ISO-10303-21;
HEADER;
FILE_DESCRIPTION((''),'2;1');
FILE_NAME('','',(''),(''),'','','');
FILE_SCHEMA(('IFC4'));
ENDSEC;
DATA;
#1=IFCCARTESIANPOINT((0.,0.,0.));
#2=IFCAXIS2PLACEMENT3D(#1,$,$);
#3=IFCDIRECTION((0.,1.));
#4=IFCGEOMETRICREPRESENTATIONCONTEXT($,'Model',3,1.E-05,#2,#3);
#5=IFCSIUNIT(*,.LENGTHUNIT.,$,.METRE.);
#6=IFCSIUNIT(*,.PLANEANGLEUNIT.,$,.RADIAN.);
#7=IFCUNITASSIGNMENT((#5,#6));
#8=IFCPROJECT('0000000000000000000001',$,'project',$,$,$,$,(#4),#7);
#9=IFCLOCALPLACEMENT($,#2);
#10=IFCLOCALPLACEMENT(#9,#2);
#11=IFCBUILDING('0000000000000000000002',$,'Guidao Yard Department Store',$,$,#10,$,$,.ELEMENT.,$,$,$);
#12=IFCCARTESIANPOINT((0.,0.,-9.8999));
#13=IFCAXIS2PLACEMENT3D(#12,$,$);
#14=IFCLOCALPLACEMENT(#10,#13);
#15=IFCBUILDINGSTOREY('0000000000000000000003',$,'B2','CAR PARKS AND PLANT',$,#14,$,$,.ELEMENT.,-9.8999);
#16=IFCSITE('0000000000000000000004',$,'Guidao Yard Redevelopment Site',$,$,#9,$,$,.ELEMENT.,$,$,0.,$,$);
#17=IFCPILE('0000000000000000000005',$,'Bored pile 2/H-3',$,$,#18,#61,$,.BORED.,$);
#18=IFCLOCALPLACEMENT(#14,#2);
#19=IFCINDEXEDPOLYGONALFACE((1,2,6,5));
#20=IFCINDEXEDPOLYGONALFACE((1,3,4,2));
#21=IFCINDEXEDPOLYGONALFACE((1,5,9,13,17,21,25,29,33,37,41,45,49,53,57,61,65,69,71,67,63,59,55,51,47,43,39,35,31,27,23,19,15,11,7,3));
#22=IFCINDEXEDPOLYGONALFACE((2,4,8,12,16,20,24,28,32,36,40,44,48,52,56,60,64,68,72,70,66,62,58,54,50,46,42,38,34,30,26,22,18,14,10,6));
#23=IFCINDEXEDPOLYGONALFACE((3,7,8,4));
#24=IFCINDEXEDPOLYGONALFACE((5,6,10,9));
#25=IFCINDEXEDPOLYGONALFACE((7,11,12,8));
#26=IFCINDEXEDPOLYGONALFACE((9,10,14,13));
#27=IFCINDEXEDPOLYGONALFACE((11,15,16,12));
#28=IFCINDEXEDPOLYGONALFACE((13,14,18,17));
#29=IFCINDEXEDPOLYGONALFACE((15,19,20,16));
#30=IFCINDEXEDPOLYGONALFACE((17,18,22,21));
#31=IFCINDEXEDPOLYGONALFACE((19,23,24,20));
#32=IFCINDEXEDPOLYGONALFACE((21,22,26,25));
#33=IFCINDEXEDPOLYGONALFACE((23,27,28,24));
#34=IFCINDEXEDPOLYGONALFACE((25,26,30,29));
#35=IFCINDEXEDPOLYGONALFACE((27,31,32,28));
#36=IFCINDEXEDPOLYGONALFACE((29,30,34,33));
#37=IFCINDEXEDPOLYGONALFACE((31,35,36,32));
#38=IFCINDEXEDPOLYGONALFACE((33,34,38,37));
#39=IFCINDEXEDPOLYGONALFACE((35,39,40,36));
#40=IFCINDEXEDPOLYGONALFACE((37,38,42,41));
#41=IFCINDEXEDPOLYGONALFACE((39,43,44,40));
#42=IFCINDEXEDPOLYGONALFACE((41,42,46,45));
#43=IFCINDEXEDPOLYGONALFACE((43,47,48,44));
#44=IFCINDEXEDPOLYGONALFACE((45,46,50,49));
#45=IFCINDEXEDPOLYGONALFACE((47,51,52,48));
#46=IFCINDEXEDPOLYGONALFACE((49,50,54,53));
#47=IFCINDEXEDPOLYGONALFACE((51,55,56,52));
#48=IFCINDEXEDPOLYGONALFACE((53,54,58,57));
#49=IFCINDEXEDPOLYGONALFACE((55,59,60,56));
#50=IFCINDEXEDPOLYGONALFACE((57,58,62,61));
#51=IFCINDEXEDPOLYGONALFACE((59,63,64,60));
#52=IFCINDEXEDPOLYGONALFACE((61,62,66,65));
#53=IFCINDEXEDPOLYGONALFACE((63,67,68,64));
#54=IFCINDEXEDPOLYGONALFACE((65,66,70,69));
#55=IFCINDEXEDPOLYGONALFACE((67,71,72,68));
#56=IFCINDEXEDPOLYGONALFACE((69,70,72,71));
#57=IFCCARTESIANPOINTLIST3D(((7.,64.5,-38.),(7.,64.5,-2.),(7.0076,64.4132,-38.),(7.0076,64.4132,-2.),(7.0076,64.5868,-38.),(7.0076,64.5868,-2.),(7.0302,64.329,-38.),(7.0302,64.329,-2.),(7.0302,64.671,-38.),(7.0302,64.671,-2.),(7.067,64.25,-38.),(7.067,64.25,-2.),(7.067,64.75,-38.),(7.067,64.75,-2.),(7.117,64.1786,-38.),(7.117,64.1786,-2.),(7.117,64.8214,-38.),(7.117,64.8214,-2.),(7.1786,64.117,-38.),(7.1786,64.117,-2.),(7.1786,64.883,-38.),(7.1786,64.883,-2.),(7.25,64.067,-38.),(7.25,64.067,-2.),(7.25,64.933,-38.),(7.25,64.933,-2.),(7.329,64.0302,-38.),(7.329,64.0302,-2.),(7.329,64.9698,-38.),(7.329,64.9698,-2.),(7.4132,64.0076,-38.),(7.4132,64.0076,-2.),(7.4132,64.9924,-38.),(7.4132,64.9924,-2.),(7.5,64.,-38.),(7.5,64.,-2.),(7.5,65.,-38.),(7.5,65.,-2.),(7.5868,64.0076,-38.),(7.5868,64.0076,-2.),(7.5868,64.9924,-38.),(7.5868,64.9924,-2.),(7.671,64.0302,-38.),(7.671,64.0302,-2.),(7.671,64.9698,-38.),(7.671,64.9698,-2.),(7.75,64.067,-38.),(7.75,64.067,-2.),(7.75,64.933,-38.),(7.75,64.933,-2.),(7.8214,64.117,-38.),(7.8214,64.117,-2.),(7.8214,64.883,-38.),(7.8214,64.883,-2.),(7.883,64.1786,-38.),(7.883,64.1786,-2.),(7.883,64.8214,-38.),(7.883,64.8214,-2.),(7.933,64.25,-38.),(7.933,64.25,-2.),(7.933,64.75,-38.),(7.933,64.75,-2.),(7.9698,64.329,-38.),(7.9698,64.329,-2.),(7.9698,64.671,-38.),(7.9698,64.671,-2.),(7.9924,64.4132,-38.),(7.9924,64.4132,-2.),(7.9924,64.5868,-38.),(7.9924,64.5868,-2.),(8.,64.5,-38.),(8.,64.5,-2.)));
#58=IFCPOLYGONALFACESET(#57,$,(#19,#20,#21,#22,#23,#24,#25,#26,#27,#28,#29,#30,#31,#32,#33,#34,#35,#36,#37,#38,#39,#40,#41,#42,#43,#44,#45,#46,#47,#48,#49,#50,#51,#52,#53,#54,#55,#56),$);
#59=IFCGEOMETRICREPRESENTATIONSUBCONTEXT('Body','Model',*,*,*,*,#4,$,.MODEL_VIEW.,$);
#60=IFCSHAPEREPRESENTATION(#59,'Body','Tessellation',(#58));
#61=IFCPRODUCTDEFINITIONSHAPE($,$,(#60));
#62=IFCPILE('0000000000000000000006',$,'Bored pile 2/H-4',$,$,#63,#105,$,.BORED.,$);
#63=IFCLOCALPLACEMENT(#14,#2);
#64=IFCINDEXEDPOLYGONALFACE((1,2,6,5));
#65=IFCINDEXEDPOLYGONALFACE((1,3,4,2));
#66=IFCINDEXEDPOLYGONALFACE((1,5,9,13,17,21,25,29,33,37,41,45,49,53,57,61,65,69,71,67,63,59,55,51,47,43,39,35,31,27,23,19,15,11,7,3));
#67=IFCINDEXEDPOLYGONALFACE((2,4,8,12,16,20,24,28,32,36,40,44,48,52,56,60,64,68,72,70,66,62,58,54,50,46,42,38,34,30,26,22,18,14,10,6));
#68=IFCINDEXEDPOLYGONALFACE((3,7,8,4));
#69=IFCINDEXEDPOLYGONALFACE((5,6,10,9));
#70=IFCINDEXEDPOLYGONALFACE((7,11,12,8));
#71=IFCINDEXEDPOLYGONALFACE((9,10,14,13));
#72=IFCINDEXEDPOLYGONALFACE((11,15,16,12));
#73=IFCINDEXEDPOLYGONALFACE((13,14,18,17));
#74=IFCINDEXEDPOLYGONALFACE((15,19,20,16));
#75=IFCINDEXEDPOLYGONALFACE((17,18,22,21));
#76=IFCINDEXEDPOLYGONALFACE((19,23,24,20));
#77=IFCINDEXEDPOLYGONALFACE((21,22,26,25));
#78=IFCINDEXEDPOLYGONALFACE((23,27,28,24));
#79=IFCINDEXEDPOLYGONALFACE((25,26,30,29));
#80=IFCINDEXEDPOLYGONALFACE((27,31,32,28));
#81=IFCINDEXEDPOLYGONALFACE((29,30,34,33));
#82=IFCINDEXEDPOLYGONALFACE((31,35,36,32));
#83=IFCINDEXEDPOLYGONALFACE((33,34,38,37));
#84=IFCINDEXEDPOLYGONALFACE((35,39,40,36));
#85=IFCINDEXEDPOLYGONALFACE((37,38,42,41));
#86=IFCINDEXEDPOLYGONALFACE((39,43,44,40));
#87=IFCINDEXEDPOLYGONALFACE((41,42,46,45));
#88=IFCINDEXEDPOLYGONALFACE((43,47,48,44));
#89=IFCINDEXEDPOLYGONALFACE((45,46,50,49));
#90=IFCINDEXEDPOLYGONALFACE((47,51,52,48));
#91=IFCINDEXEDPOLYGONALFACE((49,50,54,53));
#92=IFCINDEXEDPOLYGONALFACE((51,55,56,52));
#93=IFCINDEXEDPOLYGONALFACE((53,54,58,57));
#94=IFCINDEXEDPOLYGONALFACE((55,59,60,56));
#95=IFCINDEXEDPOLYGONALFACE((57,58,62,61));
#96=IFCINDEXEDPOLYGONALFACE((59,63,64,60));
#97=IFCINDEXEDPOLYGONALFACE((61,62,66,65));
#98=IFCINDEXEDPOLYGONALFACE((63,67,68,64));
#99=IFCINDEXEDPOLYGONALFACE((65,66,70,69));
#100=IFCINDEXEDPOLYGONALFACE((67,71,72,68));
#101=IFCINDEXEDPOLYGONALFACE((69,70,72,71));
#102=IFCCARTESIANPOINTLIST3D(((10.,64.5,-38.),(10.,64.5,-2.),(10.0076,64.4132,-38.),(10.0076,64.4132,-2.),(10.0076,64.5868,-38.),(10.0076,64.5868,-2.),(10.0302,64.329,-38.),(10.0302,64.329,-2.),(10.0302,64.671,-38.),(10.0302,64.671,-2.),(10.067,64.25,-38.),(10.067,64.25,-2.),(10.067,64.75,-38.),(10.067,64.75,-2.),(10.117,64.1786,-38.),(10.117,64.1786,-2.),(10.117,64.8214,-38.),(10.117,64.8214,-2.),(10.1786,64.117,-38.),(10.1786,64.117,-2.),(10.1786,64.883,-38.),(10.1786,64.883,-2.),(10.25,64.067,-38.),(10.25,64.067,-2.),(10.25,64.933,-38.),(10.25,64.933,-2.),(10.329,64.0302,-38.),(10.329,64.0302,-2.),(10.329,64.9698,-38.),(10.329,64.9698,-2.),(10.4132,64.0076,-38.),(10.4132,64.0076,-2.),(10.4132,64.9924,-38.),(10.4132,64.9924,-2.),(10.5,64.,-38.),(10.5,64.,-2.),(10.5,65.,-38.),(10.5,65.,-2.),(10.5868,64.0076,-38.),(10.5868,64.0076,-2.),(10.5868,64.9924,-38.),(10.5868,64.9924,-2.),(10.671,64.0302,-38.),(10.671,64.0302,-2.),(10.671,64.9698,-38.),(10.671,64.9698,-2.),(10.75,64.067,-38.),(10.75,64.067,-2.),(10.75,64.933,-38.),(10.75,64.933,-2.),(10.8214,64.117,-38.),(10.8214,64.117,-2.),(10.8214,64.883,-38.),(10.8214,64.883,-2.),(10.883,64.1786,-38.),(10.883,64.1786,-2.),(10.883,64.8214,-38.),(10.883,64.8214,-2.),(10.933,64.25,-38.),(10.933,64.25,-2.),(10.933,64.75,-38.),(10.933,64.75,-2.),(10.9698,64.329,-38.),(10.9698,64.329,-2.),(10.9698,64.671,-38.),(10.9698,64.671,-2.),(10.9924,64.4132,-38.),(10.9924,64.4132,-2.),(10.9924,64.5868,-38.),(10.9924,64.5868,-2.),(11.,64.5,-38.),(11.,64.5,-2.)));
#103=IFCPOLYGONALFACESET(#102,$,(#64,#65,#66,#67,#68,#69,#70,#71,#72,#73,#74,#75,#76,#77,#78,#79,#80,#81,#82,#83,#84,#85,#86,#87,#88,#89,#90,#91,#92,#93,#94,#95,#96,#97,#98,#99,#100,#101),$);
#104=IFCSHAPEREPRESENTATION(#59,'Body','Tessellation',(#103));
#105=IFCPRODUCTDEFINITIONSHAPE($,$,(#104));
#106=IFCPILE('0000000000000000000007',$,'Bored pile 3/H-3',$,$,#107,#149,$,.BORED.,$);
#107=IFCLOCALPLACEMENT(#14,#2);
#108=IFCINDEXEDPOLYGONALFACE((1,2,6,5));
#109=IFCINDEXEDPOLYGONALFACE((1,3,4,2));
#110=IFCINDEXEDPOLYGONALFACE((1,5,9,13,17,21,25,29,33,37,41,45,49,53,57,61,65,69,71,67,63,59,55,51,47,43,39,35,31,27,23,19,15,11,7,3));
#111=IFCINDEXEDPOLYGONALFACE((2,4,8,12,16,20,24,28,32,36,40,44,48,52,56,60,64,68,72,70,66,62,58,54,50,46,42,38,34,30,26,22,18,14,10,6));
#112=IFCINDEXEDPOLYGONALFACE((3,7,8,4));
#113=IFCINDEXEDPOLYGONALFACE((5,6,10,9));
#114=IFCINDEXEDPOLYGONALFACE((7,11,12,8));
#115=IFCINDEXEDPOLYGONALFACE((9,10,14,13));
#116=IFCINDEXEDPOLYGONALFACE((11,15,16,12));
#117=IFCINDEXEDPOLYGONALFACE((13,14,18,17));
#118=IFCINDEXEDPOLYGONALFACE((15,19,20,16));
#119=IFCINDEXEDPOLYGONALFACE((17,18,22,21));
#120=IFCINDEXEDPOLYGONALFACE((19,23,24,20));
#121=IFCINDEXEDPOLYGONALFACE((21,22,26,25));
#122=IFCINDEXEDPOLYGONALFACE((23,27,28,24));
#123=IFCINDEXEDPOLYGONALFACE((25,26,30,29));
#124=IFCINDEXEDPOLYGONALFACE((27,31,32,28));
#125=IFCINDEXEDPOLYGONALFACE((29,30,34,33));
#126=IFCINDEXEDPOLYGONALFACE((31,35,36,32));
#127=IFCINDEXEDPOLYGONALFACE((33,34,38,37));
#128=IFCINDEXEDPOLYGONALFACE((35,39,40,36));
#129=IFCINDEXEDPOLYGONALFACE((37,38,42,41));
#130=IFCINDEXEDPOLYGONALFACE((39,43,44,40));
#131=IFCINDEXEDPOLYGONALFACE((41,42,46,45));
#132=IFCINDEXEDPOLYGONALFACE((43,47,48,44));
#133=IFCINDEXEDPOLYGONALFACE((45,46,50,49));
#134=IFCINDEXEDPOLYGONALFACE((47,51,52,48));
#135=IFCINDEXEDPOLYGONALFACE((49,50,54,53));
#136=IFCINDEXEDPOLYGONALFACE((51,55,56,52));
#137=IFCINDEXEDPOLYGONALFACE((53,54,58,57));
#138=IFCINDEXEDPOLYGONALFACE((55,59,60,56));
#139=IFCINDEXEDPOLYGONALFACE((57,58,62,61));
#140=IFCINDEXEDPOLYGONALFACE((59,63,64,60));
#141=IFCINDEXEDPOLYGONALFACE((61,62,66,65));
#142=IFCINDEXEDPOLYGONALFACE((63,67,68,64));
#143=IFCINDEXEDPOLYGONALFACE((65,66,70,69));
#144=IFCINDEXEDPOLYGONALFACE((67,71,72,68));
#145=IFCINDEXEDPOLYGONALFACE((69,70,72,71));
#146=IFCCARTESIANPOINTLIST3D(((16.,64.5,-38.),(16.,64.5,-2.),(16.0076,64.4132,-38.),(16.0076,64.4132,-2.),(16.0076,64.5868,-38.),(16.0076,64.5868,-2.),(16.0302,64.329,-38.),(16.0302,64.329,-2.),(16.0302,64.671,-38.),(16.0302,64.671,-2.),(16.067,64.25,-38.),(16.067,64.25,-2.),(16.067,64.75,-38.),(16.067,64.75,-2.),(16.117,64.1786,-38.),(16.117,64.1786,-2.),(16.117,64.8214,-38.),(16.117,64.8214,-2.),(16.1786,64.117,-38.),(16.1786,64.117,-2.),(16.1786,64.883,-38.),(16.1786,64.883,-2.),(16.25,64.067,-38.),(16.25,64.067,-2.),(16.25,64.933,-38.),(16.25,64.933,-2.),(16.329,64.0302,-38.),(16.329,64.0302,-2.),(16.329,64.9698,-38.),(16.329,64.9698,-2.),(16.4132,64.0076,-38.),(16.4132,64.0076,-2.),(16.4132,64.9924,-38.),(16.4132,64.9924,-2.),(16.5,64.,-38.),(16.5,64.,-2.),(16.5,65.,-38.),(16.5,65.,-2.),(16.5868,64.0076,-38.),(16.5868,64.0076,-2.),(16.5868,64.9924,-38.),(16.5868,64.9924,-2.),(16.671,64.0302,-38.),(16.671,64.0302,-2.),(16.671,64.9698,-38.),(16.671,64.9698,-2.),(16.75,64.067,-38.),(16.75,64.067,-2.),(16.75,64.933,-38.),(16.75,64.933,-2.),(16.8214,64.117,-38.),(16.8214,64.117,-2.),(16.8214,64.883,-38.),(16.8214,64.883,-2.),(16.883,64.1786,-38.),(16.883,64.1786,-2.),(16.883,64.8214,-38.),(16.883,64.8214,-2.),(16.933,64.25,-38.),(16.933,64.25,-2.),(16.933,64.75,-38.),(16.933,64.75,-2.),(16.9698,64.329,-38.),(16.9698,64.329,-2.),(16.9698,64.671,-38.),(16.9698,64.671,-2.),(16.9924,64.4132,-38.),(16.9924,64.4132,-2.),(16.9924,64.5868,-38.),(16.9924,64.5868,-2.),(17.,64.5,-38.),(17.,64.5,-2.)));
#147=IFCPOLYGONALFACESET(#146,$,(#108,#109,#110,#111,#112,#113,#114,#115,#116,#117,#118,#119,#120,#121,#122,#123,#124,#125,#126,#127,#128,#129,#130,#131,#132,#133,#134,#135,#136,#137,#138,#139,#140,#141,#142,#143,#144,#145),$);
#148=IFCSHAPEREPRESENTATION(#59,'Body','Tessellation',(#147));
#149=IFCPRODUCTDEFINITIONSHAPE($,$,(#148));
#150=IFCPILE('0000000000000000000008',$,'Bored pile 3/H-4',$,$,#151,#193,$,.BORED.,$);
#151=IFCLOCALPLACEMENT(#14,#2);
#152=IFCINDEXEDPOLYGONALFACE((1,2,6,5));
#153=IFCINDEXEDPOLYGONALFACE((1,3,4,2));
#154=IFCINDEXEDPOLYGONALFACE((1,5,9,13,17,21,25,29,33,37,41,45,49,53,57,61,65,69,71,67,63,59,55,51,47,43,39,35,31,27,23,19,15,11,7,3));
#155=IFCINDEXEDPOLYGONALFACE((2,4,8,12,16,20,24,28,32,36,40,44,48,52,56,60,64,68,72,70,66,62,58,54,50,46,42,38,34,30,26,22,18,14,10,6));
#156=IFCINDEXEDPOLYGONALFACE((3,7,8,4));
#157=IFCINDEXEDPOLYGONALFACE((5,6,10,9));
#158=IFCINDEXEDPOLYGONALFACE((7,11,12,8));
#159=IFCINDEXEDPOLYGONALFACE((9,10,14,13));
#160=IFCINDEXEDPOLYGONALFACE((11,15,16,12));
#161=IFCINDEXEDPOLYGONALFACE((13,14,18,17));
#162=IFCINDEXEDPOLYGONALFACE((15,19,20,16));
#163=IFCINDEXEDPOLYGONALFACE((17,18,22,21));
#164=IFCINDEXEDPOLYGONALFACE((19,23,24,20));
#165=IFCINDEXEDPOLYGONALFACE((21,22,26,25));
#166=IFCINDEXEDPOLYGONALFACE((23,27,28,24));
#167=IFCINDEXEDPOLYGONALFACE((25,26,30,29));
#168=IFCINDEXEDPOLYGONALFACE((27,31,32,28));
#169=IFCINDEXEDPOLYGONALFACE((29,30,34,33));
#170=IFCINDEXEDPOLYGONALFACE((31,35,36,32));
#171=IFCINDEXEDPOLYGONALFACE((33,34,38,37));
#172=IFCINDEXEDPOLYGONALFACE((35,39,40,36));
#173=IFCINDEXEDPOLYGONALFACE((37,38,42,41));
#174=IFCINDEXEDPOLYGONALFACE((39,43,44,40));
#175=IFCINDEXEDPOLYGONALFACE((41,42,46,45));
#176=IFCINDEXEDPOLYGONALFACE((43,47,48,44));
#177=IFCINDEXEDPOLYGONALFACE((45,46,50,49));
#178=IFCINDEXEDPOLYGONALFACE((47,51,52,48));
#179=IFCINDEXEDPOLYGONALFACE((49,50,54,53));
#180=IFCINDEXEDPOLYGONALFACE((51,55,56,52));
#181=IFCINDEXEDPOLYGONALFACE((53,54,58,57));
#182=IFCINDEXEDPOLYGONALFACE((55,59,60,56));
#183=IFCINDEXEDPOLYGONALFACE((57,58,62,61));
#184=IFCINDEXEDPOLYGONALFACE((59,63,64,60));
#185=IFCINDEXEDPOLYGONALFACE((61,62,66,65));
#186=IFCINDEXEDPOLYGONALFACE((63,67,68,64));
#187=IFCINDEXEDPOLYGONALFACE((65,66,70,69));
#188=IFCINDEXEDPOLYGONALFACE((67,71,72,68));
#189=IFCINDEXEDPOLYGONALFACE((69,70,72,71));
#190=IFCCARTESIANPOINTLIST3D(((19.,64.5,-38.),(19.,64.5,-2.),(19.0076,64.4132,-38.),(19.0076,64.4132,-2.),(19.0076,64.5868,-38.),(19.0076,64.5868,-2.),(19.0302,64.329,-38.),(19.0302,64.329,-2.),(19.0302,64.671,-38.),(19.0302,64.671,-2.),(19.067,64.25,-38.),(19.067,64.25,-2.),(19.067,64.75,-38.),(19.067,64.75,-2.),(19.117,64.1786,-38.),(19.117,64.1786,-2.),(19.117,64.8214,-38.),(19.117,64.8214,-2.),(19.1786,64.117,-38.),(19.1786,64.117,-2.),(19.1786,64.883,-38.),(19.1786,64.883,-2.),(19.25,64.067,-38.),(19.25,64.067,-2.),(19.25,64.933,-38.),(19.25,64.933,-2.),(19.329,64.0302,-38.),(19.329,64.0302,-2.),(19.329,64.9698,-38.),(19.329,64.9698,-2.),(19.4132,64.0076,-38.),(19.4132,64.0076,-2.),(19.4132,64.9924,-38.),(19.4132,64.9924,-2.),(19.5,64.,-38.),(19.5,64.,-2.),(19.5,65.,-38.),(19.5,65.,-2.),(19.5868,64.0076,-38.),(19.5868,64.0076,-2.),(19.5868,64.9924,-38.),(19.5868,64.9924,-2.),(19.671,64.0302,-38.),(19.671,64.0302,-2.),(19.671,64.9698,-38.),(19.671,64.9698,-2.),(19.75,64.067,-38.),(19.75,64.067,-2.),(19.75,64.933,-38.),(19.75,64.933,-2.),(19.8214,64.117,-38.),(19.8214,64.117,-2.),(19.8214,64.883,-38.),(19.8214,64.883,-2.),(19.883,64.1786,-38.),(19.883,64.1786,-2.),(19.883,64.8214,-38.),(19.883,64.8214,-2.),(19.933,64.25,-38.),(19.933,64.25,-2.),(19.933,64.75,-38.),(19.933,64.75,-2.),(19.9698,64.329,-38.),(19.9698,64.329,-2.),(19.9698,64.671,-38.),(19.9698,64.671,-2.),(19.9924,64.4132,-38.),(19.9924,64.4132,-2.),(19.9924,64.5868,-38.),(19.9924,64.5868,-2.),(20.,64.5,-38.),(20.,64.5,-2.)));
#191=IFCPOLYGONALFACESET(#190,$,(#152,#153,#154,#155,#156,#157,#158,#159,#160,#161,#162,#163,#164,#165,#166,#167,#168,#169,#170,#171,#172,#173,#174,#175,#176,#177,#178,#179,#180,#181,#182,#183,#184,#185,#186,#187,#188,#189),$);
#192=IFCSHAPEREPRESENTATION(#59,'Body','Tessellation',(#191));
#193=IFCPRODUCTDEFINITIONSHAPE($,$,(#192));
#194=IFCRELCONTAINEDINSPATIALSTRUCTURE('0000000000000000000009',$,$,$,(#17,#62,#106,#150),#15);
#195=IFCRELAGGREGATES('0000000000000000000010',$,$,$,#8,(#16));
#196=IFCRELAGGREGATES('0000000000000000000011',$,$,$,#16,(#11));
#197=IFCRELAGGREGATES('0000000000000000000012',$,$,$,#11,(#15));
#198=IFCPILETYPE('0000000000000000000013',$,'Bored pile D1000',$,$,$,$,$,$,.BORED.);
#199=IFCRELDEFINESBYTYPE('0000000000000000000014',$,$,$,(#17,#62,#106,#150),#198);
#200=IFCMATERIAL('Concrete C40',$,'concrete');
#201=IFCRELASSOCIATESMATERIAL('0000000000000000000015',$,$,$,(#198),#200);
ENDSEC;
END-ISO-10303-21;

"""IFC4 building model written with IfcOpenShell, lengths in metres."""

from ifc_helpers import new_model, si_unit, direction, frame, origin, origin_2d, place, context, subcontext, project, spatial, circle, extrude, material, material_profile, profile_set, type_object, element, save


model = new_model("IFC4")

# Units and contexts
model_context = context("Model", 3, precision=1e-05, world=origin(), true_north=direction((0.0, 1.0)))
body_context = subcontext(model_context, "Body", "Model", "MODEL_VIEW")
ifc_project = project(units=[si_unit("LENGTHUNIT", "METRE"), si_unit("PLANEANGLEUNIT", "RADIAN")], contexts=[model_context])

# Site, building, storey
site_placement = place(None, origin())
site = spatial("IfcSite", under=ifc_project, at=site_placement, Name="Guidao Yard Redevelopment Site", CompositionType="ELEMENT", RefElevation=0.0)
building_placement = place(site_placement, origin())
building = spatial("IfcBuilding", under=site, at=building_placement, Name="Guidao Yard Department Store", CompositionType="ELEMENT")
storey_placement = place(building_placement, frame((0.0, 0.0, -9.8999)))
storey = spatial("IfcBuildingStorey", under=building, at=storey_placement, Name="B2", Description="CAR PARKS AND PLANT", CompositionType="ELEMENT", Elevation=-9.8999)

# Piles
ifc_material_1 = material(Name="Concrete C40", Category="concrete")
ifc_material_profile_1 = material_profile(ifc_material_1, circle(Radius=0.5, at=origin_2d()), Name="Bored pile D1000")
ifc_profile_set_1 = profile_set([ifc_material_profile_1], Name="Concrete C40")
pile_type = type_object("IfcPileType", Name="Bored pile D1000", PredefinedType="BORED", material=ifc_profile_set_1)
for number, where, z_axis, x_axis, name in (
    (1, (7.5, 64.5, -2.0), (0.0, 0.0, -1.0), (1.0, 0.0, 0.0), "Bored pile 2/H-3"),
    (2, (10.5, 64.5, -2.0), (0.0, 0.0, -1.0), (1.0, 0.0, 0.0), "Bored pile 2/H-4"),
    (3, (16.5, 64.5, -2.0), (0.0, 0.0, -1.0), (1.0, 0.0, 0.0), "Bored pile 3/H-3"),
    (4, (19.5, 64.5, -2.0), (0.0, 0.0, -1.0), (1.0, 0.0, 0.0), "Bored pile 3/H-4"),
):
    element("IfcPile", number, at=place(storey_placement, frame(where, z_axis=z_axis, x_axis=x_axis)), inside=storey, type_object=pile_type, Name=name, PredefinedType="BORED", context=body_context, shape_type="SweptSolid", body=[
        extrude(circle(Radius=0.5, at=origin_2d()), origin(), (0.0, 0.0, 1.0), 36.0),
    ])

save(model, "model.ifc")
